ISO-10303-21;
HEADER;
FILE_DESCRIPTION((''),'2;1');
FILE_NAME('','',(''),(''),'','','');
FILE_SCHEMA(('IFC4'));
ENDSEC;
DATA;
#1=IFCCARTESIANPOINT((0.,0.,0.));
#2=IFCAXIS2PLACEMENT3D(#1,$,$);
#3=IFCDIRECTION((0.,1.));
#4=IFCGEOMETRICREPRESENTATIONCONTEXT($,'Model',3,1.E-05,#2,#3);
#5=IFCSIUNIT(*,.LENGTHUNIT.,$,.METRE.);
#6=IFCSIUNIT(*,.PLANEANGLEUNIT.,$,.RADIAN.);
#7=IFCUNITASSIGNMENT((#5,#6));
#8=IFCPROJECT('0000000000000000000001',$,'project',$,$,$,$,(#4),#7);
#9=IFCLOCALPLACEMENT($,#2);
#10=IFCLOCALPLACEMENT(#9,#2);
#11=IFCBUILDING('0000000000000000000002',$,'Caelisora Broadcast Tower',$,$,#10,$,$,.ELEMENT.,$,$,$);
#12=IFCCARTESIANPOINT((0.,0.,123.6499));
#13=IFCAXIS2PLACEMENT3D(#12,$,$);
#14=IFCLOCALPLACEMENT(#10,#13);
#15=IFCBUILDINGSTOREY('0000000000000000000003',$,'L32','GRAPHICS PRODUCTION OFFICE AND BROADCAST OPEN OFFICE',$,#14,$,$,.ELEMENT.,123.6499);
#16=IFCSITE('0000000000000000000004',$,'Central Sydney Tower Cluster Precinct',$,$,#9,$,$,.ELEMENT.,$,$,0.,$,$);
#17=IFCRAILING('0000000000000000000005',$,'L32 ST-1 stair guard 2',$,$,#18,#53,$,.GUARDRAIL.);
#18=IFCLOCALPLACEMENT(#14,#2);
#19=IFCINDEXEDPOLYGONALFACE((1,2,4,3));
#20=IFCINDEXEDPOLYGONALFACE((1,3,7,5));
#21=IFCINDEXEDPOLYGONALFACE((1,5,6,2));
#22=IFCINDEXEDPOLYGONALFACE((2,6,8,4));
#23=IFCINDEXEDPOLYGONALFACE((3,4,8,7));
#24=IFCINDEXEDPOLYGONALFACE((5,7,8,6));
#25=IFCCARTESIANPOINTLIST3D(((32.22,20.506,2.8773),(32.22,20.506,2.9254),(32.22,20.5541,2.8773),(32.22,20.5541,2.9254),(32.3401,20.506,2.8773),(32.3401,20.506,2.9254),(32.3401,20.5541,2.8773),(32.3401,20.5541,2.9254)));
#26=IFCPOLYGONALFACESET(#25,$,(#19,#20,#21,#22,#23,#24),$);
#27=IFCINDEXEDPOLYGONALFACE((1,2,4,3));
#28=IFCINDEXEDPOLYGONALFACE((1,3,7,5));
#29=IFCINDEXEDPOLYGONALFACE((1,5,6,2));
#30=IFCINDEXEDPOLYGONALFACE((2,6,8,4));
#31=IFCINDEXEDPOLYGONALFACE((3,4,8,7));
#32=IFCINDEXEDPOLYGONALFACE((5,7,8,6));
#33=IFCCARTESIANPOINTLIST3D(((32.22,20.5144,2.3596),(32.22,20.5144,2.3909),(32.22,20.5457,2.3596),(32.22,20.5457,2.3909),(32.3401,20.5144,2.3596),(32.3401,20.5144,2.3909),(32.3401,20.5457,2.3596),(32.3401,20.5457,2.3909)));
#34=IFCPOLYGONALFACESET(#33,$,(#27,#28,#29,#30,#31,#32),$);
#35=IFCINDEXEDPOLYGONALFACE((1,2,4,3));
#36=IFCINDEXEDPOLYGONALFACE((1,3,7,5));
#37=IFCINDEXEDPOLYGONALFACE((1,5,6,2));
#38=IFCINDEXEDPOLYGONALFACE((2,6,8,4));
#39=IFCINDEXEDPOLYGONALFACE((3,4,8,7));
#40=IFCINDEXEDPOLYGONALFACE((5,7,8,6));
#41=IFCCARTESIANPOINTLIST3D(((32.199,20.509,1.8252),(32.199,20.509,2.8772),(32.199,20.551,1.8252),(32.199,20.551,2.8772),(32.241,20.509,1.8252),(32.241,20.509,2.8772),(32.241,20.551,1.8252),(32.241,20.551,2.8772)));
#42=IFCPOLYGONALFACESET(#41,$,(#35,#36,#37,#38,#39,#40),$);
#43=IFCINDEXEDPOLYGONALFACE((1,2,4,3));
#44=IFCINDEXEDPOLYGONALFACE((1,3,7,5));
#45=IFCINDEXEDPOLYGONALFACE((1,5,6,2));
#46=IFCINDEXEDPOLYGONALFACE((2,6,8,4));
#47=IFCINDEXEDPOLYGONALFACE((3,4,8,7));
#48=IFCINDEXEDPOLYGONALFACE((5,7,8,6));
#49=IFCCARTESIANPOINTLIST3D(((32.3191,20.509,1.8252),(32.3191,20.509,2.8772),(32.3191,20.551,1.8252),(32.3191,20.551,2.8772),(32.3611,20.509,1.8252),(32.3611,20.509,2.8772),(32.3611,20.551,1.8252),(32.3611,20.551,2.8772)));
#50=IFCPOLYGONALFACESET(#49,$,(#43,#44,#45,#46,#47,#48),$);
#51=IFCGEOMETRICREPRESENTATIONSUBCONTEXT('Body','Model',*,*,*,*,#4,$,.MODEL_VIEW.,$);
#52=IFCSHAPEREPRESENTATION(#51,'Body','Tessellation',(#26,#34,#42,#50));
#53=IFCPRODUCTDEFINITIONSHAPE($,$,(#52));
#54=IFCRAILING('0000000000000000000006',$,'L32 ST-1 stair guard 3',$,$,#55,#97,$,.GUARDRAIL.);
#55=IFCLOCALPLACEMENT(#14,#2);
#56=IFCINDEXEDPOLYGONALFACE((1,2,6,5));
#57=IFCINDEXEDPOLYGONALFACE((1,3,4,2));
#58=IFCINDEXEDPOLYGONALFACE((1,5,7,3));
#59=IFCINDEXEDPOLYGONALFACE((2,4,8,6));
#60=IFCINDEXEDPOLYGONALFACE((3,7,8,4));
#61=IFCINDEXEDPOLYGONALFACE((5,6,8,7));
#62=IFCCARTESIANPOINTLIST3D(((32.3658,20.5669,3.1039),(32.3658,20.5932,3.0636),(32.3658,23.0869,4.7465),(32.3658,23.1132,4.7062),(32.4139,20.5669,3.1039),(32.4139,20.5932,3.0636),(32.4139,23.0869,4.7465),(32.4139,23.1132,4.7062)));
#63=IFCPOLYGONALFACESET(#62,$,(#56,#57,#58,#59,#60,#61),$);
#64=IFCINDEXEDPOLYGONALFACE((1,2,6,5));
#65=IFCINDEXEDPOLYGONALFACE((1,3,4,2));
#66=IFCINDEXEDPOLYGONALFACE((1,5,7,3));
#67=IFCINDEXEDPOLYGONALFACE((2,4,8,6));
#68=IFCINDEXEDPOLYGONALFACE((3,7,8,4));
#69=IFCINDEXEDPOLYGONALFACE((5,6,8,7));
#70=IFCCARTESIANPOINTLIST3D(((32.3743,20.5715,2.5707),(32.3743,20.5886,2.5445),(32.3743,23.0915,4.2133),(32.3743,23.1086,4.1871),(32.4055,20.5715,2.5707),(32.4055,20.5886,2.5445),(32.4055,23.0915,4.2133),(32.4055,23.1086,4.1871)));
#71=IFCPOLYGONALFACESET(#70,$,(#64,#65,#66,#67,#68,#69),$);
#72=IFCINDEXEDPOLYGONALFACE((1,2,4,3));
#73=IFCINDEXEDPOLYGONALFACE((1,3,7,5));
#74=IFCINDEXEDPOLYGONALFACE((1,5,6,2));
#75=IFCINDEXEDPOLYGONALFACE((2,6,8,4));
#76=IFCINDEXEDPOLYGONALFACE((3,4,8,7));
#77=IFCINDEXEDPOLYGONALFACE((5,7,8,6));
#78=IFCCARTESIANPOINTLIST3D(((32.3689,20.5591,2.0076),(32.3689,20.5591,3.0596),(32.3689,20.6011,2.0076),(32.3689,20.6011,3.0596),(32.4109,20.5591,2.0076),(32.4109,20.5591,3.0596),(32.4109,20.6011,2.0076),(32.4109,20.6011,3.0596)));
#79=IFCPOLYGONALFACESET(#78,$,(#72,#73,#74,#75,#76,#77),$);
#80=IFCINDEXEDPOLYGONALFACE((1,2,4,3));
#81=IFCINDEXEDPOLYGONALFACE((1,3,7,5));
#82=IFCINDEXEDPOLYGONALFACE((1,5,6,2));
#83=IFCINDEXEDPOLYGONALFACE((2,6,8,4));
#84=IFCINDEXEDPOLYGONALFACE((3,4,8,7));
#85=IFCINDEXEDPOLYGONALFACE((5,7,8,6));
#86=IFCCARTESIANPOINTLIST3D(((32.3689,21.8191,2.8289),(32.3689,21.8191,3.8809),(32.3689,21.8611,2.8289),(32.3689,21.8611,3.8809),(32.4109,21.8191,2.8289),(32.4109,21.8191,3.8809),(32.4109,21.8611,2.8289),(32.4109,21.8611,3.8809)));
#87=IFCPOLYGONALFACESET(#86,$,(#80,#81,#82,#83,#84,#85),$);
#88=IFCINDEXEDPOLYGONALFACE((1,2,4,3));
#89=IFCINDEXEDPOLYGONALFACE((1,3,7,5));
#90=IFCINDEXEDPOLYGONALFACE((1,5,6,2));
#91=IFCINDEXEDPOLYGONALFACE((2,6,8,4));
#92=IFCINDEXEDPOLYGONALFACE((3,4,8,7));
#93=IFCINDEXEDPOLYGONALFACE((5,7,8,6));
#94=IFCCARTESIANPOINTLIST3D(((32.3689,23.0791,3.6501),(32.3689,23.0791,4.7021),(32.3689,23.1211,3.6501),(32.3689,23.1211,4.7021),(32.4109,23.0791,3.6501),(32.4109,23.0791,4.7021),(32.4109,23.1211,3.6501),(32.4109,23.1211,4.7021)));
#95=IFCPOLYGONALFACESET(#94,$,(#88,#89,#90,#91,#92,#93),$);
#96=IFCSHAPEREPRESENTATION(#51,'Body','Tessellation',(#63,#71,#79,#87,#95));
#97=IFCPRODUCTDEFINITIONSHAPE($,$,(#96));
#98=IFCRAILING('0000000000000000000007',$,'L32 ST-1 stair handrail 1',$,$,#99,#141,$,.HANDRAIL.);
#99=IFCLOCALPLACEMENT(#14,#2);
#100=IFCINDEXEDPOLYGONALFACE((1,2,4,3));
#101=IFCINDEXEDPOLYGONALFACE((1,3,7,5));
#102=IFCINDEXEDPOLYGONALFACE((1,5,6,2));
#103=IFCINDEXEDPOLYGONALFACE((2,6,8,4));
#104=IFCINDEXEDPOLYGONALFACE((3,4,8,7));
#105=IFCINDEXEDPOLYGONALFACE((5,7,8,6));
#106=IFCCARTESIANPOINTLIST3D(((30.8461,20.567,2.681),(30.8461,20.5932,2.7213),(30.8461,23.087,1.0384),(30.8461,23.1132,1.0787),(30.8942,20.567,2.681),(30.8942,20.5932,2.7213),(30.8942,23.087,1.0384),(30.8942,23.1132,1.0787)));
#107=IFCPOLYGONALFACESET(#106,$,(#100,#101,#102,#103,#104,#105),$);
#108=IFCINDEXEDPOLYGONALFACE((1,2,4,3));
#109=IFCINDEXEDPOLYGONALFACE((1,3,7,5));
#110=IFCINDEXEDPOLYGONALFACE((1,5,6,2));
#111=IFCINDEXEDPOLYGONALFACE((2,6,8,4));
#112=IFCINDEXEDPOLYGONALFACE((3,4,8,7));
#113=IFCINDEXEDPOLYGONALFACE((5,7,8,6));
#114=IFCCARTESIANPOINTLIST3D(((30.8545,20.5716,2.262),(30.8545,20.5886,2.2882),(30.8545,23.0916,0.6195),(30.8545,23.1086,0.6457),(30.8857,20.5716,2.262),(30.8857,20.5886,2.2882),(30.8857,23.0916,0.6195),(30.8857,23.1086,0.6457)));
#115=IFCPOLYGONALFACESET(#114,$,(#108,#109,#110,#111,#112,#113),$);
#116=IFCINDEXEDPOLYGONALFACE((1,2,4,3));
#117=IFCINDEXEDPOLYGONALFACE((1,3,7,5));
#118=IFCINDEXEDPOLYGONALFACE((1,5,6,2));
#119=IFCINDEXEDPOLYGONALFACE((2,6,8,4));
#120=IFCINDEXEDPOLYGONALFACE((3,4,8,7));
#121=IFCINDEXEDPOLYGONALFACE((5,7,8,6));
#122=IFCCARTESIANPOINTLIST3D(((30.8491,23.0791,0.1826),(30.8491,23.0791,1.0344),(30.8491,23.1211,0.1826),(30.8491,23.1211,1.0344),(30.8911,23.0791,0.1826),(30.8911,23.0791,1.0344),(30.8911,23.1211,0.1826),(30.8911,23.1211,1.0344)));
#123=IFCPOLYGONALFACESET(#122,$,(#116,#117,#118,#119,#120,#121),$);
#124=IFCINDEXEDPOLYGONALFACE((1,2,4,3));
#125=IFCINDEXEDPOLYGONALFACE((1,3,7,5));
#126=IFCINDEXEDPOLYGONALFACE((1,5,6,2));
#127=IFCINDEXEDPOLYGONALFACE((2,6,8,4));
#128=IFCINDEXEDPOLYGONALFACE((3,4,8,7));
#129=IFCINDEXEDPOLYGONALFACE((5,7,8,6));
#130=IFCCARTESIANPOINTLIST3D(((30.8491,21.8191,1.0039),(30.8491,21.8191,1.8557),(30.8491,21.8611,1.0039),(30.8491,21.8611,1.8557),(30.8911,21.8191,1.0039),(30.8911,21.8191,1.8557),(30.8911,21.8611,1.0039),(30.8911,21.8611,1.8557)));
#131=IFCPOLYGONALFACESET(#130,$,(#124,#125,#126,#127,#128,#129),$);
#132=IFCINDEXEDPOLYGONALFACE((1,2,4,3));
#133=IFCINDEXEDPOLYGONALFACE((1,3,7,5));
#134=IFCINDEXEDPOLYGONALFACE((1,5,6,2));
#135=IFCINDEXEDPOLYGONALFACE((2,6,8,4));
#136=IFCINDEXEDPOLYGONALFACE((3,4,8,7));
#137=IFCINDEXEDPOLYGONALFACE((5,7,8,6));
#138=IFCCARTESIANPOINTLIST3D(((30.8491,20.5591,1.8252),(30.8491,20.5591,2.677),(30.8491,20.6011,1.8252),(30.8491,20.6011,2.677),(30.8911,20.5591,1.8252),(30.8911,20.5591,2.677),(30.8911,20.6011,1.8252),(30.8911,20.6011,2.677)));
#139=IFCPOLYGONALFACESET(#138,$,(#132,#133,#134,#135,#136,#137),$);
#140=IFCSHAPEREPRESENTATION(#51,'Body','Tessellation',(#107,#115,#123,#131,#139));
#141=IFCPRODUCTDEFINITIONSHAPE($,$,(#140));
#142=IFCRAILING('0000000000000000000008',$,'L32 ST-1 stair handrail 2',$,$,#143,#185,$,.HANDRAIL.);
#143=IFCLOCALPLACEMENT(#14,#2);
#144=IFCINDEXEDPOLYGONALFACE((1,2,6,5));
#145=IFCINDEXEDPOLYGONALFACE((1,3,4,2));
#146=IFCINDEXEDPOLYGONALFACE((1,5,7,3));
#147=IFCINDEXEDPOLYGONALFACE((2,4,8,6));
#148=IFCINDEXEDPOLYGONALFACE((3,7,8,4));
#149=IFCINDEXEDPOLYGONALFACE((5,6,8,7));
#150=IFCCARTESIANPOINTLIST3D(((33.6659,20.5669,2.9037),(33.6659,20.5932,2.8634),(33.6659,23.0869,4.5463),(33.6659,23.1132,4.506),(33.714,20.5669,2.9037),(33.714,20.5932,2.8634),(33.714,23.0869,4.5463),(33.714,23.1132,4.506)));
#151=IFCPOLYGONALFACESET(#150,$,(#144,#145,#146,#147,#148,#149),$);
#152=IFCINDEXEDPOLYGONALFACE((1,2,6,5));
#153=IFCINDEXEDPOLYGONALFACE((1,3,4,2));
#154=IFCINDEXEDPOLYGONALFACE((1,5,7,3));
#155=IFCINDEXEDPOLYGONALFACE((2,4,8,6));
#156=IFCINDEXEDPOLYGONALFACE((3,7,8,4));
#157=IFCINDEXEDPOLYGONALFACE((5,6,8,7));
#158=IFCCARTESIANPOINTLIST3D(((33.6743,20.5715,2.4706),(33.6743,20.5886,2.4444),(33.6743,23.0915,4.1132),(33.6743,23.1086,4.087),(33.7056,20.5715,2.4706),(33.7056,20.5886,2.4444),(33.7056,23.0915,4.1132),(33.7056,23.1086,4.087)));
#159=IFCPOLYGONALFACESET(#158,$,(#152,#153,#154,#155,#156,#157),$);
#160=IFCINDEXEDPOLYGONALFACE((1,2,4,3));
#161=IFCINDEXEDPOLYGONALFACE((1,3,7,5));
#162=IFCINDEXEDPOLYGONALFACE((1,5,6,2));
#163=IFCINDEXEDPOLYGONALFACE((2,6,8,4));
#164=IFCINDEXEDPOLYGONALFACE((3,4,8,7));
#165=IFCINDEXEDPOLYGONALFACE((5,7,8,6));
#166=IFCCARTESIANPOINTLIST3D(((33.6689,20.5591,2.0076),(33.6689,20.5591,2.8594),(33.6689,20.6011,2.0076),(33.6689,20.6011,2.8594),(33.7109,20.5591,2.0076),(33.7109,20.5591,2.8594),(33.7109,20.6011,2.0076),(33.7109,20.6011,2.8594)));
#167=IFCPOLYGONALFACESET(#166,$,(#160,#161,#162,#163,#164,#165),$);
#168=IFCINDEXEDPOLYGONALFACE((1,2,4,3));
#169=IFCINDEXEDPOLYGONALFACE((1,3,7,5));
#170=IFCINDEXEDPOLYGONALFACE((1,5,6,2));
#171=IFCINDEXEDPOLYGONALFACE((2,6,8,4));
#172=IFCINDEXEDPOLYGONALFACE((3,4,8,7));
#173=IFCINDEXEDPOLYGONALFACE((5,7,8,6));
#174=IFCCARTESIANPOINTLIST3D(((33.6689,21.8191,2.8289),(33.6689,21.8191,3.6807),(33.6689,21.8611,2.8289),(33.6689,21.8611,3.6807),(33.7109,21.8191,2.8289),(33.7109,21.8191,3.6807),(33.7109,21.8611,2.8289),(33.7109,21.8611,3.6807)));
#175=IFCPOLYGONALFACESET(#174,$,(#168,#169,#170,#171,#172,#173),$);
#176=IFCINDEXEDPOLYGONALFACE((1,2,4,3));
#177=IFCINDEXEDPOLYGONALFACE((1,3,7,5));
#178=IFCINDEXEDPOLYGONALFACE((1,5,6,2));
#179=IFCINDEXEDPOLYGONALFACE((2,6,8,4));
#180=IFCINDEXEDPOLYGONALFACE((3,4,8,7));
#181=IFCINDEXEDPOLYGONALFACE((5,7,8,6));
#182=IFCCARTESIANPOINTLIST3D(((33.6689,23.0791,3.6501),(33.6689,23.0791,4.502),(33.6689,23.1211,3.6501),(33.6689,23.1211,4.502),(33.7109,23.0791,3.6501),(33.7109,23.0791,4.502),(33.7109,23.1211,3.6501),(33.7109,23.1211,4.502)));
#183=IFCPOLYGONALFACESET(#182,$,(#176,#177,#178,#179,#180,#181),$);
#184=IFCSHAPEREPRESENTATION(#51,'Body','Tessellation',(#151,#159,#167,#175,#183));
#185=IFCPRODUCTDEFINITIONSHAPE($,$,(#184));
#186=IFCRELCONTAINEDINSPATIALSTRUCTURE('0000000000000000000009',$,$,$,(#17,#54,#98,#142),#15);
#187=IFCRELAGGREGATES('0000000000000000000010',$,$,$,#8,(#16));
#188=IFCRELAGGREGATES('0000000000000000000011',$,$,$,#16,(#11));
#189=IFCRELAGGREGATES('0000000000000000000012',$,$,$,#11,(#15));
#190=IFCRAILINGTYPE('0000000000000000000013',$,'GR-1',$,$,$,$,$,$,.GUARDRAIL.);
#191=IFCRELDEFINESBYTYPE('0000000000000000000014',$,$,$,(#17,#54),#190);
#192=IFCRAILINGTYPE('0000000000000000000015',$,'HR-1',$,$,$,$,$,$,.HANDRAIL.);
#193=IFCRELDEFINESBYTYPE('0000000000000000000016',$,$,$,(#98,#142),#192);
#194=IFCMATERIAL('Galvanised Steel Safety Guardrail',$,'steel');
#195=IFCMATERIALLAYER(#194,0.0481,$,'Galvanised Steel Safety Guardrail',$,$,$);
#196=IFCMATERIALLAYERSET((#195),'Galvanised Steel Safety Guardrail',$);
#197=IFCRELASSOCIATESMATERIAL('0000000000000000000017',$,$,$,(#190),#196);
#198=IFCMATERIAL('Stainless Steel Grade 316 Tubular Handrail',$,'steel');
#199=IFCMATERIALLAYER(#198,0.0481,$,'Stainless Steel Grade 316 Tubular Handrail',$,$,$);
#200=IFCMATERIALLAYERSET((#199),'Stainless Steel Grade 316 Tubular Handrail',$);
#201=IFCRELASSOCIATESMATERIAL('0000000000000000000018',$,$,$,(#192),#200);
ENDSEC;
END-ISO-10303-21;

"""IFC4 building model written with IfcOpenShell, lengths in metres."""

from ifc_helpers import new_model, si_unit, direction, frame, origin, origin_2d, place, context, subcontext, project, spatial, rectangle, extrude, material, layer, layer_set, type_object, element, save


model = new_model("IFC4")

# Units and contexts
model_context = context("Model", 3, precision=1e-05, world=origin(), true_north=direction((0.0, 1.0)))
body_context = subcontext(model_context, "Body", "Model", "MODEL_VIEW")
ifc_project = project(units=[si_unit("LENGTHUNIT", "METRE"), si_unit("PLANEANGLEUNIT", "RADIAN")], contexts=[model_context])

# Site, building, storey
site_placement = place(None, origin())
site = spatial("IfcSite", under=ifc_project, at=site_placement, Name="Central Sydney Tower Cluster Precinct", CompositionType="ELEMENT", RefElevation=0.0)
building_placement = place(site_placement, origin())
building = spatial("IfcBuilding", under=site, at=building_placement, Name="Caelisora Broadcast Tower", CompositionType="ELEMENT")
storey_placement = place(building_placement, frame((0.0, 0.0, 123.6499)))
storey = spatial("IfcBuildingStorey", under=building, at=storey_placement, Name="L32", Description="GRAPHICS PRODUCTION OFFICE AND BROADCAST OPEN OFFICE", CompositionType="ELEMENT", Elevation=123.6499)

# Railings
ifc_material_1 = material(Name="Galvanised Steel Safety Guardrail", Category="steel")
ifc_layer_1 = layer(ifc_material_1, 0.0481, Name="Galvanised Steel Safety Guardrail")
ifc_layer_set_1 = layer_set([ifc_layer_1], Name="Galvanised Steel Safety Guardrail")
railing_type_1 = type_object("IfcRailingType", Name="GR-1", PredefinedType="GUARDRAIL", material=ifc_layer_set_1)
railing_1_placement = place(storey_placement, frame((32.22, 20.53, 1.8252)))
element("IfcRailing", 1, at=railing_1_placement, inside=storey, type_object=railing_type_1, Name="L32 ST-1 stair guard 2", PredefinedType="GUARDRAIL", context=body_context, shape_type="SweptSolid", body=[
    extrude(rectangle(XDim=0.0481, YDim=0.0481, at=origin_2d()), frame((0.0, 0.0, 1.0762), z_axis=(1.0, 0.0, 0.0), x_axis=(0.0, 1.0, 0.0)), (0.0, 0.0, 1.0), 0.1201),
    extrude(rectangle(XDim=0.0312, YDim=0.0312, at=origin_2d()), frame((0.0, 0.0, 0.55), z_axis=(1.0, 0.0, 0.0), x_axis=(0.0, 1.0, 0.0)), (0.0, 0.0, 1.0), 0.1201),
    extrude(rectangle(XDim=0.042, YDim=0.042, at=origin_2d()), origin(), (0.0, 0.0, 1.0), 1.052),
    extrude(rectangle(XDim=0.042, YDim=0.042, at=origin_2d()), frame((0.1201, 0.0, 0.0)), (0.0, 0.0, 1.0), 1.052),
])
railing_2_placement = place(storey_placement, frame((32.3899, 20.5801, 2.0076)))
element("IfcRailing", 2, at=railing_2_placement, inside=storey, type_object=railing_type_1, Name="L32 ST-1 stair guard 3", PredefinedType="GUARDRAIL", context=body_context, shape_type="SweptSolid", body=[
    extrude(rectangle(XDim=0.0481, YDim=0.0481, at=origin_2d()), frame((0.0, 0.0, 1.0762), z_axis=(0.0, 0.837749, 0.546055), x_axis=(-1.0, 0.0, 0.0)), (0.0, 0.0, 1.0), 3.0081),
    extrude(rectangle(XDim=0.0312, YDim=0.0312, at=origin_2d()), frame((0.0, 0.0, 0.55), z_axis=(0.0, 0.837749, 0.546055), x_axis=(-1.0, 0.0, 0.0)), (0.0, 0.0, 1.0), 3.0081),
    extrude(rectangle(XDim=0.042, YDim=0.042, at=origin_2d()), origin(), (0.0, 0.0, 1.0), 1.052),
    extrude(rectangle(XDim=0.042, YDim=0.042, at=origin_2d()), frame((0.0, 1.26, 0.8213)), (0.0, 0.0, 1.0), 1.052),
    extrude(rectangle(XDim=0.042, YDim=0.042, at=origin_2d()), frame((0.0, 2.52, 1.6426)), (0.0, 0.0, 1.0), 1.052),
])
ifc_material_2 = material(Name="Stainless Steel Grade 316 Tubular Handrail", Category="steel")
ifc_layer_2 = layer(ifc_material_2, 0.0481, Name="Stainless Steel Grade 316 Tubular Handrail")
ifc_layer_set_2 = layer_set([ifc_layer_2], Name="Stainless Steel Grade 316 Tubular Handrail")
railing_type_2 = type_object("IfcRailingType", Name="HR-1", PredefinedType="HANDRAIL", material=ifc_layer_set_2)
railing_3_placement = place(storey_placement, frame((30.8701, 23.1001, 0.1826)))
element("IfcRailing", 3, at=railing_3_placement, inside=storey, type_object=railing_type_2, Name="L32 ST-1 stair handrail 1", PredefinedType="HANDRAIL", context=body_context, shape_type="SweptSolid", body=[
    extrude(rectangle(XDim=0.0481, YDim=0.0481, at=origin_2d()), frame((0.0, 0.0, 0.876), z_axis=(0.0, -0.837749, 0.546055), x_axis=(1.0, 0.0, 0.0)), (0.0, 0.0, 1.0), 3.0081),
    extrude(rectangle(XDim=0.0312, YDim=0.0312, at=origin_2d()), frame((0.0, 0.0, 0.45), z_axis=(0.0, -0.837749, 0.546055), x_axis=(1.0, 0.0, 0.0)), (0.0, 0.0, 1.0), 3.0081),
    extrude(rectangle(XDim=0.042, YDim=0.042, at=origin_2d()), origin(), (0.0, 0.0, 1.0), 0.8518),
    extrude(rectangle(XDim=0.042, YDim=0.042, at=origin_2d()), frame((0.0, -1.26, 0.8213)), (0.0, 0.0, 1.0), 0.8518),
    extrude(rectangle(XDim=0.042, YDim=0.042, at=origin_2d()), frame((0.0, -2.52, 1.6426)), (0.0, 0.0, 1.0), 0.8518),
])
railing_4_placement = place(storey_placement, frame((33.6899, 20.5801, 2.0076)))
element("IfcRailing", 4, at=railing_4_placement, inside=storey, type_object=railing_type_2, Name="L32 ST-1 stair handrail 2", PredefinedType="HANDRAIL", context=body_context, shape_type="SweptSolid", body=[
    extrude(rectangle(XDim=0.0481, YDim=0.0481, at=origin_2d()), frame((0.0, 0.0, 0.876), z_axis=(0.0, 0.837749, 0.546055), x_axis=(-1.0, 0.0, 0.0)), (0.0, 0.0, 1.0), 3.0081),
    extrude(rectangle(XDim=0.0312, YDim=0.0312, at=origin_2d()), frame((0.0, 0.0, 0.45), z_axis=(0.0, 0.837749, 0.546055), x_axis=(-1.0, 0.0, 0.0)), (0.0, 0.0, 1.0), 3.0081),
    extrude(rectangle(XDim=0.042, YDim=0.042, at=origin_2d()), origin(), (0.0, 0.0, 1.0), 0.8518),
    extrude(rectangle(XDim=0.042, YDim=0.042, at=origin_2d()), frame((0.0, 1.26, 0.8213)), (0.0, 0.0, 1.0), 0.8518),
    extrude(rectangle(XDim=0.042, YDim=0.042, at=origin_2d()), frame((0.0, 2.52, 1.6426)), (0.0, 0.0, 1.0), 0.8518),
])

save(model, "model.ifc")
